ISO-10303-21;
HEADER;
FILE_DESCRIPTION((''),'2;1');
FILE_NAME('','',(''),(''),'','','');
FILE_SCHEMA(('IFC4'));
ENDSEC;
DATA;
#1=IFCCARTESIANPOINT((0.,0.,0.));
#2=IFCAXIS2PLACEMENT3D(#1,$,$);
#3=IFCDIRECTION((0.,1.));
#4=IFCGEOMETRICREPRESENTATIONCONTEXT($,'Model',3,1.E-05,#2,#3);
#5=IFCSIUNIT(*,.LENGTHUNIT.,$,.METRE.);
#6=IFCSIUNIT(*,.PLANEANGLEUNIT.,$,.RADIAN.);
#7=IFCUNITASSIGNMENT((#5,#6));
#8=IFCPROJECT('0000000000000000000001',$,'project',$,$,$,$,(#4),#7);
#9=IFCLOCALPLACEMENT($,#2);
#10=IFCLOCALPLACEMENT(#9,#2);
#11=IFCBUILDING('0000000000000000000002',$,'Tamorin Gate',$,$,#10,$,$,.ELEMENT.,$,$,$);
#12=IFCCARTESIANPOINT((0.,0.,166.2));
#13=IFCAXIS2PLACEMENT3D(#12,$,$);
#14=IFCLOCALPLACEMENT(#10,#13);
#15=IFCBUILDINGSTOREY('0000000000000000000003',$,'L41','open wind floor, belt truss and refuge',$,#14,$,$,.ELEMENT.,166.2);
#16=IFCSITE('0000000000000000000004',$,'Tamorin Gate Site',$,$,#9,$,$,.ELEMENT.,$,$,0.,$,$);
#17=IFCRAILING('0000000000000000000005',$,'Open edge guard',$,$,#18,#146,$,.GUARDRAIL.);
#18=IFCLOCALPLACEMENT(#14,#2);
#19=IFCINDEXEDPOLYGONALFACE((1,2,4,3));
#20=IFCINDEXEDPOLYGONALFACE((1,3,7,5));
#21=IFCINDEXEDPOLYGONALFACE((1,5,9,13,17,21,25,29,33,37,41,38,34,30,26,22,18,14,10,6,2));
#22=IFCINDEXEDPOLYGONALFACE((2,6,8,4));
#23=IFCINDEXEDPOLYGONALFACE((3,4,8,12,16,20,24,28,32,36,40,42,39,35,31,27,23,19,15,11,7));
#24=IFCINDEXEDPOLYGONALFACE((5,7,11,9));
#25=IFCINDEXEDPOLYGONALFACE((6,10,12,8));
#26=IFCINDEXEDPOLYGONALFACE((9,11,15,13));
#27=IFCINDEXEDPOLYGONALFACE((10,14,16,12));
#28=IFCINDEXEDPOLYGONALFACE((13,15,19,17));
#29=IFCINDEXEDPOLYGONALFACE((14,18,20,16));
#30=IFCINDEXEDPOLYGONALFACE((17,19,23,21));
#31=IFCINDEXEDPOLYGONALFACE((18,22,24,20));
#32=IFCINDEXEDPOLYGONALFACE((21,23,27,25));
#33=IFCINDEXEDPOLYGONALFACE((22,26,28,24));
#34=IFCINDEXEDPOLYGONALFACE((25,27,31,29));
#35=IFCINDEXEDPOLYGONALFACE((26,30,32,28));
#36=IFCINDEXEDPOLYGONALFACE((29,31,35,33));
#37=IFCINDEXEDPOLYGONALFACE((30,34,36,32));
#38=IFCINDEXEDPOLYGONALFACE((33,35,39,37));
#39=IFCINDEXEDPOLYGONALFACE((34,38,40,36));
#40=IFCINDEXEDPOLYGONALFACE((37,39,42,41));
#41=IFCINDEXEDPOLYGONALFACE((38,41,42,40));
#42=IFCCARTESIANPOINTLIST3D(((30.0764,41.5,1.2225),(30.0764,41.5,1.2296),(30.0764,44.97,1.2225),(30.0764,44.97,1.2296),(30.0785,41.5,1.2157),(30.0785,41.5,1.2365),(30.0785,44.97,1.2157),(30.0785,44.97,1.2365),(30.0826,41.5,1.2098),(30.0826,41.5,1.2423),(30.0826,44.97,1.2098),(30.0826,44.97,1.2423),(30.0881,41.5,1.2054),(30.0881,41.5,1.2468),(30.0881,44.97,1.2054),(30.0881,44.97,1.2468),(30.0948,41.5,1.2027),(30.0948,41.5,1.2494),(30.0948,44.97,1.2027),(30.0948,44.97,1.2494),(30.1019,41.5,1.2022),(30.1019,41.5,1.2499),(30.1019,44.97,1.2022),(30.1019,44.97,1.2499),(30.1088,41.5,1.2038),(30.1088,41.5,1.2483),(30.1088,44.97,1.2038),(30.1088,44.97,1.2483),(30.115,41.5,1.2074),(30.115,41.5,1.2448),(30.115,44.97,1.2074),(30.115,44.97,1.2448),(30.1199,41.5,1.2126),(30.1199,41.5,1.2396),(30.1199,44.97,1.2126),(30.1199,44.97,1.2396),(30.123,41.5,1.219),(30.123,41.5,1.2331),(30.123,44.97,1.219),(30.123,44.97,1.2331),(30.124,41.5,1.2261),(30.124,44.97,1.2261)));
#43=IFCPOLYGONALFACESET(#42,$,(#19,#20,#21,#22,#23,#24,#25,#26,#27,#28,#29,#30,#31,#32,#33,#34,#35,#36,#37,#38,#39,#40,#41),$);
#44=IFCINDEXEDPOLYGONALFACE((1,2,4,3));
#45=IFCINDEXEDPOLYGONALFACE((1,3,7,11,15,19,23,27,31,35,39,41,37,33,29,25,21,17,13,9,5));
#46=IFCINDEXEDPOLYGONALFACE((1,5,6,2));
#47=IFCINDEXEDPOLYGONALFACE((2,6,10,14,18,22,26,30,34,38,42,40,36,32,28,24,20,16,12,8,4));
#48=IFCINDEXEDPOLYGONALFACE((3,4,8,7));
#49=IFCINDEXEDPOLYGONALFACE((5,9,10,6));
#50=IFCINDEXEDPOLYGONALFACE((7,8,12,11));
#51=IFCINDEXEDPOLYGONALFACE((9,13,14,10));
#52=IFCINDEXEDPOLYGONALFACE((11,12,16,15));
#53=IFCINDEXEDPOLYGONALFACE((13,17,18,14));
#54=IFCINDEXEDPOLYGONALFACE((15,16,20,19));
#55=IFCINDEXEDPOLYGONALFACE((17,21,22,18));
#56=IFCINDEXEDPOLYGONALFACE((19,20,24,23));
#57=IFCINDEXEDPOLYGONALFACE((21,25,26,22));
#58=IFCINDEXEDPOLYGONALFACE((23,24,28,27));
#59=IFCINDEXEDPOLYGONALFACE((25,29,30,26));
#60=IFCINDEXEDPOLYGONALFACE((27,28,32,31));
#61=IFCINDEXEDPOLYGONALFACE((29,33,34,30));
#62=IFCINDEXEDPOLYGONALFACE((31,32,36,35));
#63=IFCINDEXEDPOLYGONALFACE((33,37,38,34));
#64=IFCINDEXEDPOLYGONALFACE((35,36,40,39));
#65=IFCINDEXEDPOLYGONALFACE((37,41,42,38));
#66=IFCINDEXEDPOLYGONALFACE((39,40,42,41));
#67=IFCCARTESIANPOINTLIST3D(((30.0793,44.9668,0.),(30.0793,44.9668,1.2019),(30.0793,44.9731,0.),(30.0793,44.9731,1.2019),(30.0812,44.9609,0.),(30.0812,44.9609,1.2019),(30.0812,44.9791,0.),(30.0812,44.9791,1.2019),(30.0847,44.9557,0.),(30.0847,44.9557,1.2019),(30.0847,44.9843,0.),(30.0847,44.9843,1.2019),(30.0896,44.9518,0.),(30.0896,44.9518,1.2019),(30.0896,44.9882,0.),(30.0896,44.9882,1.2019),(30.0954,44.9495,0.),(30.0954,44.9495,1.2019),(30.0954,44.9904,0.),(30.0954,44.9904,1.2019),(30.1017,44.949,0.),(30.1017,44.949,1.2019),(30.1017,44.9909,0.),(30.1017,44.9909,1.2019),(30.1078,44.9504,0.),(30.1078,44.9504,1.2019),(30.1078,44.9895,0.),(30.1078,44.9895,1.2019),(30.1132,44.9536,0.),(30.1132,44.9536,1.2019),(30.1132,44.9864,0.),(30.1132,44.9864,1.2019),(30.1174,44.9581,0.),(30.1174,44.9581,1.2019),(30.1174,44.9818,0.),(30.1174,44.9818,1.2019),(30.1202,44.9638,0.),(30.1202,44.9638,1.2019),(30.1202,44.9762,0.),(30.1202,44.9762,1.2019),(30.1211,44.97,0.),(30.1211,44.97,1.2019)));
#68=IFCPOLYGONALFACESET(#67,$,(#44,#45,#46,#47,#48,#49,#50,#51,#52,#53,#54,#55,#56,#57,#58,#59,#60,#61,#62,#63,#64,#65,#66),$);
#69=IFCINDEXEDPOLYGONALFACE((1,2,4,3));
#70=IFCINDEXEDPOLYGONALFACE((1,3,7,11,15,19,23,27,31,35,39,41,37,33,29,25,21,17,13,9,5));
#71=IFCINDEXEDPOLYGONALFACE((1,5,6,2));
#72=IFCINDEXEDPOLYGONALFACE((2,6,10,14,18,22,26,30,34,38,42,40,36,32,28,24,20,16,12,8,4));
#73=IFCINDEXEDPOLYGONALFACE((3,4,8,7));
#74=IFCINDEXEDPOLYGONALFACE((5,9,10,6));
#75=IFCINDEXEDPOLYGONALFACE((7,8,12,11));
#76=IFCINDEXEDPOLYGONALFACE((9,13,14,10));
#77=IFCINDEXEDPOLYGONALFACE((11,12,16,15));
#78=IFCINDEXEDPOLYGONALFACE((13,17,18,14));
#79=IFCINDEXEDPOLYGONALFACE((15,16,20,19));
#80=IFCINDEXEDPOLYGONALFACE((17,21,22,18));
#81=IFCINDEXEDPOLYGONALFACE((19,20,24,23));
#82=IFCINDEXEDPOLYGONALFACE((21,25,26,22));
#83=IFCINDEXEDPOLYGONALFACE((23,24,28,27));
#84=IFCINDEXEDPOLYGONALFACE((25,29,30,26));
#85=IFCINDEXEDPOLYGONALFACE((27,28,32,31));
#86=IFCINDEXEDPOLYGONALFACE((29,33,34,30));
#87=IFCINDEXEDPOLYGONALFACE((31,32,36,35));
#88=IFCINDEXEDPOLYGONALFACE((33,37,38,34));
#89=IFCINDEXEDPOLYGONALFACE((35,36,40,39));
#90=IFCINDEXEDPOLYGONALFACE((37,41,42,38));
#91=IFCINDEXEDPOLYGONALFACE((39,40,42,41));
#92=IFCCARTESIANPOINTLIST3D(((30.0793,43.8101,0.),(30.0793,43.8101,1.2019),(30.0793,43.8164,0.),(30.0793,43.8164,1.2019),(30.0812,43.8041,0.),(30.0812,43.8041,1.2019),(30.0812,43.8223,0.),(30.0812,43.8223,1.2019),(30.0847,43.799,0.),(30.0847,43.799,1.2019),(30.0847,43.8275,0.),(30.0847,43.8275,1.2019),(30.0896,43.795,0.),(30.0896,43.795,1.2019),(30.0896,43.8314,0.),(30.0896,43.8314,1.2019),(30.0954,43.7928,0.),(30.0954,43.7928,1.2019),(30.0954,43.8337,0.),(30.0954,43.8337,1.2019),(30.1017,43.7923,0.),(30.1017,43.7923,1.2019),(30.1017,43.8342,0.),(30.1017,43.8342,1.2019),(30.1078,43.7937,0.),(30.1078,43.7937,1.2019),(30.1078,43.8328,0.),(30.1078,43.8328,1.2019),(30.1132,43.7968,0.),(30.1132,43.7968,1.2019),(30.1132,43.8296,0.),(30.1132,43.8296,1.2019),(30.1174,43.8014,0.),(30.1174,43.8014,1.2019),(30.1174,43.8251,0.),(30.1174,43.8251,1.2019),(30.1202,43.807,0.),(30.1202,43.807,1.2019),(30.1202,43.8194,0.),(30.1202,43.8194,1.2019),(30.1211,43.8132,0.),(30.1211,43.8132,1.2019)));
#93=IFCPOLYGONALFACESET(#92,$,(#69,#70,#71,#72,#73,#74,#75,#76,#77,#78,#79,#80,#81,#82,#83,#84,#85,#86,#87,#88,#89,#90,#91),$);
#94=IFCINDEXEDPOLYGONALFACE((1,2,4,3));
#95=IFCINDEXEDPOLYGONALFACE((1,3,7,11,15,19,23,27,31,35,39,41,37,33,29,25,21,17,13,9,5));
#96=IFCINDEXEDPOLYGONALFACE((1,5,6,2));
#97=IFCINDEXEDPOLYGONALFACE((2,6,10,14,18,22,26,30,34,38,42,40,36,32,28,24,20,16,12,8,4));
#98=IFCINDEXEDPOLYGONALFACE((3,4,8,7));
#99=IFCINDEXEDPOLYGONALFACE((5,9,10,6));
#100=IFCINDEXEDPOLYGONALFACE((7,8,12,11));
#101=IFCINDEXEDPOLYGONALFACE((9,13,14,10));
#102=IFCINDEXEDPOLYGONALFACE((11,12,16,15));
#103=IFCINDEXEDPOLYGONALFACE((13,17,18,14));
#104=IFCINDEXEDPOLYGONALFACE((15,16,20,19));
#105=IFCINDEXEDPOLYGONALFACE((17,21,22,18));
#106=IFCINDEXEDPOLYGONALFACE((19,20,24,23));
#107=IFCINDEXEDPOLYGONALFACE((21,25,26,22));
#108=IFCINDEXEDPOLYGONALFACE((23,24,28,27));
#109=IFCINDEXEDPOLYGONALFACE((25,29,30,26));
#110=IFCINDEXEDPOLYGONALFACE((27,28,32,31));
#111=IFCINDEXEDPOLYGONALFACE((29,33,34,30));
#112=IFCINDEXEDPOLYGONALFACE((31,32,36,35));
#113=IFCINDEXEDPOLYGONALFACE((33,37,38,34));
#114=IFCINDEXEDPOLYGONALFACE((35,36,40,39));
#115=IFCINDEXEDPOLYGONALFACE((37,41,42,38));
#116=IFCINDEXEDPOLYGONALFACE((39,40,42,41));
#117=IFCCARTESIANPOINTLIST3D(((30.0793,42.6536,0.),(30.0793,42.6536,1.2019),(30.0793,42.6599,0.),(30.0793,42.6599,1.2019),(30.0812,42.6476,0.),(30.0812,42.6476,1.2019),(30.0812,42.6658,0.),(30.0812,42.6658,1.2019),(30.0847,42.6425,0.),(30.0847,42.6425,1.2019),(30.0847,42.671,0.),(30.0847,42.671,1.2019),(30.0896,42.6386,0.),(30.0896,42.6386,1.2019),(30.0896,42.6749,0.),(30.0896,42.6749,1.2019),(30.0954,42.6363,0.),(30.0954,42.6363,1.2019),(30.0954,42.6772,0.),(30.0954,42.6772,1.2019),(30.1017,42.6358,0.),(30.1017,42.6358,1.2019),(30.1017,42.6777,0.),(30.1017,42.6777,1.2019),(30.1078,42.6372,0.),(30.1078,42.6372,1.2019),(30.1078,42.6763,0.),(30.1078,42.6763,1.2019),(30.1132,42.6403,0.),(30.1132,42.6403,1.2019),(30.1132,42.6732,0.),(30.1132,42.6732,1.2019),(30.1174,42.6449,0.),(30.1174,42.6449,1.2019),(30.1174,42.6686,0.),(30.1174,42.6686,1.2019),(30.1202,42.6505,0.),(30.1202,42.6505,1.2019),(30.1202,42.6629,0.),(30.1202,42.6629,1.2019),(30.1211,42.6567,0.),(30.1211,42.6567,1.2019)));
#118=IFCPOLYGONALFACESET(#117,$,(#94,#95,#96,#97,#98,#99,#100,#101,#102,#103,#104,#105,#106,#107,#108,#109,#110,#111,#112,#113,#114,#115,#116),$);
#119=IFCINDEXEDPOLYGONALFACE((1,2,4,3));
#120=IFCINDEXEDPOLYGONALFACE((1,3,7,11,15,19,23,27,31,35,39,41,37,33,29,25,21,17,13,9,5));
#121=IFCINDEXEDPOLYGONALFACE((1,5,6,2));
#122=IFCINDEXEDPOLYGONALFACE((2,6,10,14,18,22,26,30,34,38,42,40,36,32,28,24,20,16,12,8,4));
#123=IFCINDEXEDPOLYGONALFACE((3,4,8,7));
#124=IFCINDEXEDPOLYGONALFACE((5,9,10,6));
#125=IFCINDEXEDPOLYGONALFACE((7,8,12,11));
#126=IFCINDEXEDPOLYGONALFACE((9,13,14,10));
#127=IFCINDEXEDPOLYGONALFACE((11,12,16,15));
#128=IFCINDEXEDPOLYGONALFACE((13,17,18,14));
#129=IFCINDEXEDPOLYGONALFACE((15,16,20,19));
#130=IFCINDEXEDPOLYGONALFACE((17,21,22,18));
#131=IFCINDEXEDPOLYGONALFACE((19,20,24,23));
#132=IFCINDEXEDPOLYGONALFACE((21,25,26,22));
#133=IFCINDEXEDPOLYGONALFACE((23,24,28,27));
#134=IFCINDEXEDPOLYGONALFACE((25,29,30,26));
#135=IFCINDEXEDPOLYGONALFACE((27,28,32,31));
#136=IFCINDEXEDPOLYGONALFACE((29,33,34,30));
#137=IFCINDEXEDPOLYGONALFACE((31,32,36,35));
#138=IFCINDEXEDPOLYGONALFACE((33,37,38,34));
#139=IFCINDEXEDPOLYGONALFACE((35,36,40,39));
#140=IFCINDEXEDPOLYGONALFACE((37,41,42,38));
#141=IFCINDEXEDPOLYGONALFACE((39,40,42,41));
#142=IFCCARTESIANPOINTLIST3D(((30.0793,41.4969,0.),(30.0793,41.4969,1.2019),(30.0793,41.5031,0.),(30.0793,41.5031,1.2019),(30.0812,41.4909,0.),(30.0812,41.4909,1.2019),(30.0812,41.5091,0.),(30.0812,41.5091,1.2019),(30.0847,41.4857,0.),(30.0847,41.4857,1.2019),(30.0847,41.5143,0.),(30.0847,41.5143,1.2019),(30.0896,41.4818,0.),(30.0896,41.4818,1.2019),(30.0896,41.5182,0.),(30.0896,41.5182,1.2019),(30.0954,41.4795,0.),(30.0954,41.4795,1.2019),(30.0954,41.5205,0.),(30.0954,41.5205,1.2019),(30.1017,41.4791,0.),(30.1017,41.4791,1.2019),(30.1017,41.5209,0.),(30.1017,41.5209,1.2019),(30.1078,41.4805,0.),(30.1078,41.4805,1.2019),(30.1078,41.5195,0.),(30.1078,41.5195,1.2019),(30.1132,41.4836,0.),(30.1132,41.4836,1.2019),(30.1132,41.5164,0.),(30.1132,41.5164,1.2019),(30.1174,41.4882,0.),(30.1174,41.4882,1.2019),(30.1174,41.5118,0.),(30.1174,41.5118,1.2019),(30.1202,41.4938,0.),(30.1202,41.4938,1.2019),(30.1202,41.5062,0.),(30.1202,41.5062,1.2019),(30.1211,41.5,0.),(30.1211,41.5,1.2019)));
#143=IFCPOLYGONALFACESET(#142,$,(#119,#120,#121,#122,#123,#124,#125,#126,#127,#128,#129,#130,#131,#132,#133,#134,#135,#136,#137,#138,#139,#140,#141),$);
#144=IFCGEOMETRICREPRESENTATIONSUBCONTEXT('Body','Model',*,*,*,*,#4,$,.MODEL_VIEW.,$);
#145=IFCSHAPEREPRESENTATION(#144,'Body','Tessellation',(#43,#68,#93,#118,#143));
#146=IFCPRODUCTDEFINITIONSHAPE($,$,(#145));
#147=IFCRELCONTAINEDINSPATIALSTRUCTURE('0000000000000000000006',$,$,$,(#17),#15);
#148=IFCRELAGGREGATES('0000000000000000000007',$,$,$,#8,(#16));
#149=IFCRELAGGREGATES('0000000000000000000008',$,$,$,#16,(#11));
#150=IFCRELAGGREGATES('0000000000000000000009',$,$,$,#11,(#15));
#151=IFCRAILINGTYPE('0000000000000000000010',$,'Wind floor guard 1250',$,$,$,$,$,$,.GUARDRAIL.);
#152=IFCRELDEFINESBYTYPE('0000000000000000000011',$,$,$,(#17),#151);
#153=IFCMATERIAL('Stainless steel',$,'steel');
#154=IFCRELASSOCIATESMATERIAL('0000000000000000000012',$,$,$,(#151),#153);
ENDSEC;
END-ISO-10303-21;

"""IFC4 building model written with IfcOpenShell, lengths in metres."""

from ifc_helpers import new_model, si_unit, direction, frame, origin, origin_2d, place, context, subcontext, project, spatial, circle, extrude, material, type_object, element, save


model = new_model("IFC4")

# Units and contexts
model_context = context("Model", 3, precision=1e-05, world=origin(), true_north=direction((0.0, 1.0)))
body_context = subcontext(model_context, "Body", "Model", "MODEL_VIEW")
ifc_project = project(units=[si_unit("LENGTHUNIT", "METRE"), si_unit("PLANEANGLEUNIT", "RADIAN")], contexts=[model_context])

# Site, building, storey
site_placement = place(None, origin())
site = spatial("IfcSite", under=ifc_project, at=site_placement, Name="Tamorin Gate Site", CompositionType="ELEMENT", RefElevation=0.0)
building_placement = place(site_placement, origin())
building = spatial("IfcBuilding", under=site, at=building_placement, Name="Tamorin Gate", CompositionType="ELEMENT")
storey_placement = place(building_placement, frame((0.0, 0.0, 166.2)))
storey = spatial("IfcBuildingStorey", under=building, at=storey_placement, Name="L41", Description="open wind floor, belt truss and refuge", CompositionType="ELEMENT", Elevation=166.2)

# Railing
ifc_material_1 = material(Name="Stainless steel", Category="steel")
railing_type = type_object("IfcRailingType", Name="Wind floor guard 1250", PredefinedType="GUARDRAIL", material=ifc_material_1)
railing_1_placement = place(storey_placement, frame((30.1001, 44.97, 0.0)))
element("IfcRailing", 1, at=railing_1_placement, inside=storey, type_object=railing_type, Name="Open edge guard", PredefinedType="GUARDRAIL", context=body_context, shape_type="SweptSolid", body=[
    extrude(circle(Radius=0.0239, at=origin_2d()), frame((0.0, 0.0, 1.2261), z_axis=(0.0, -1.0, 0.0), x_axis=(1.0, 0.0, 0.0)), (0.0, 0.0, 1.0), 3.47),
    extrude(circle(Radius=0.021, at=origin_2d()), origin(), (0.0, 0.0, 1.0), 1.2019),
    extrude(circle(Radius=0.021, at=origin_2d()), frame((0.0, -1.1567, 0.0)), (0.0, 0.0, 1.0), 1.2019),
    extrude(circle(Radius=0.021, at=origin_2d()), frame((0.0, -2.3132, 0.0)), (0.0, 0.0, 1.0), 1.2019),
    extrude(circle(Radius=0.021, at=origin_2d()), frame((0.0, -3.47, 0.0)), (0.0, 0.0, 1.0), 1.2019),
])

save(model, "model.ifc")
